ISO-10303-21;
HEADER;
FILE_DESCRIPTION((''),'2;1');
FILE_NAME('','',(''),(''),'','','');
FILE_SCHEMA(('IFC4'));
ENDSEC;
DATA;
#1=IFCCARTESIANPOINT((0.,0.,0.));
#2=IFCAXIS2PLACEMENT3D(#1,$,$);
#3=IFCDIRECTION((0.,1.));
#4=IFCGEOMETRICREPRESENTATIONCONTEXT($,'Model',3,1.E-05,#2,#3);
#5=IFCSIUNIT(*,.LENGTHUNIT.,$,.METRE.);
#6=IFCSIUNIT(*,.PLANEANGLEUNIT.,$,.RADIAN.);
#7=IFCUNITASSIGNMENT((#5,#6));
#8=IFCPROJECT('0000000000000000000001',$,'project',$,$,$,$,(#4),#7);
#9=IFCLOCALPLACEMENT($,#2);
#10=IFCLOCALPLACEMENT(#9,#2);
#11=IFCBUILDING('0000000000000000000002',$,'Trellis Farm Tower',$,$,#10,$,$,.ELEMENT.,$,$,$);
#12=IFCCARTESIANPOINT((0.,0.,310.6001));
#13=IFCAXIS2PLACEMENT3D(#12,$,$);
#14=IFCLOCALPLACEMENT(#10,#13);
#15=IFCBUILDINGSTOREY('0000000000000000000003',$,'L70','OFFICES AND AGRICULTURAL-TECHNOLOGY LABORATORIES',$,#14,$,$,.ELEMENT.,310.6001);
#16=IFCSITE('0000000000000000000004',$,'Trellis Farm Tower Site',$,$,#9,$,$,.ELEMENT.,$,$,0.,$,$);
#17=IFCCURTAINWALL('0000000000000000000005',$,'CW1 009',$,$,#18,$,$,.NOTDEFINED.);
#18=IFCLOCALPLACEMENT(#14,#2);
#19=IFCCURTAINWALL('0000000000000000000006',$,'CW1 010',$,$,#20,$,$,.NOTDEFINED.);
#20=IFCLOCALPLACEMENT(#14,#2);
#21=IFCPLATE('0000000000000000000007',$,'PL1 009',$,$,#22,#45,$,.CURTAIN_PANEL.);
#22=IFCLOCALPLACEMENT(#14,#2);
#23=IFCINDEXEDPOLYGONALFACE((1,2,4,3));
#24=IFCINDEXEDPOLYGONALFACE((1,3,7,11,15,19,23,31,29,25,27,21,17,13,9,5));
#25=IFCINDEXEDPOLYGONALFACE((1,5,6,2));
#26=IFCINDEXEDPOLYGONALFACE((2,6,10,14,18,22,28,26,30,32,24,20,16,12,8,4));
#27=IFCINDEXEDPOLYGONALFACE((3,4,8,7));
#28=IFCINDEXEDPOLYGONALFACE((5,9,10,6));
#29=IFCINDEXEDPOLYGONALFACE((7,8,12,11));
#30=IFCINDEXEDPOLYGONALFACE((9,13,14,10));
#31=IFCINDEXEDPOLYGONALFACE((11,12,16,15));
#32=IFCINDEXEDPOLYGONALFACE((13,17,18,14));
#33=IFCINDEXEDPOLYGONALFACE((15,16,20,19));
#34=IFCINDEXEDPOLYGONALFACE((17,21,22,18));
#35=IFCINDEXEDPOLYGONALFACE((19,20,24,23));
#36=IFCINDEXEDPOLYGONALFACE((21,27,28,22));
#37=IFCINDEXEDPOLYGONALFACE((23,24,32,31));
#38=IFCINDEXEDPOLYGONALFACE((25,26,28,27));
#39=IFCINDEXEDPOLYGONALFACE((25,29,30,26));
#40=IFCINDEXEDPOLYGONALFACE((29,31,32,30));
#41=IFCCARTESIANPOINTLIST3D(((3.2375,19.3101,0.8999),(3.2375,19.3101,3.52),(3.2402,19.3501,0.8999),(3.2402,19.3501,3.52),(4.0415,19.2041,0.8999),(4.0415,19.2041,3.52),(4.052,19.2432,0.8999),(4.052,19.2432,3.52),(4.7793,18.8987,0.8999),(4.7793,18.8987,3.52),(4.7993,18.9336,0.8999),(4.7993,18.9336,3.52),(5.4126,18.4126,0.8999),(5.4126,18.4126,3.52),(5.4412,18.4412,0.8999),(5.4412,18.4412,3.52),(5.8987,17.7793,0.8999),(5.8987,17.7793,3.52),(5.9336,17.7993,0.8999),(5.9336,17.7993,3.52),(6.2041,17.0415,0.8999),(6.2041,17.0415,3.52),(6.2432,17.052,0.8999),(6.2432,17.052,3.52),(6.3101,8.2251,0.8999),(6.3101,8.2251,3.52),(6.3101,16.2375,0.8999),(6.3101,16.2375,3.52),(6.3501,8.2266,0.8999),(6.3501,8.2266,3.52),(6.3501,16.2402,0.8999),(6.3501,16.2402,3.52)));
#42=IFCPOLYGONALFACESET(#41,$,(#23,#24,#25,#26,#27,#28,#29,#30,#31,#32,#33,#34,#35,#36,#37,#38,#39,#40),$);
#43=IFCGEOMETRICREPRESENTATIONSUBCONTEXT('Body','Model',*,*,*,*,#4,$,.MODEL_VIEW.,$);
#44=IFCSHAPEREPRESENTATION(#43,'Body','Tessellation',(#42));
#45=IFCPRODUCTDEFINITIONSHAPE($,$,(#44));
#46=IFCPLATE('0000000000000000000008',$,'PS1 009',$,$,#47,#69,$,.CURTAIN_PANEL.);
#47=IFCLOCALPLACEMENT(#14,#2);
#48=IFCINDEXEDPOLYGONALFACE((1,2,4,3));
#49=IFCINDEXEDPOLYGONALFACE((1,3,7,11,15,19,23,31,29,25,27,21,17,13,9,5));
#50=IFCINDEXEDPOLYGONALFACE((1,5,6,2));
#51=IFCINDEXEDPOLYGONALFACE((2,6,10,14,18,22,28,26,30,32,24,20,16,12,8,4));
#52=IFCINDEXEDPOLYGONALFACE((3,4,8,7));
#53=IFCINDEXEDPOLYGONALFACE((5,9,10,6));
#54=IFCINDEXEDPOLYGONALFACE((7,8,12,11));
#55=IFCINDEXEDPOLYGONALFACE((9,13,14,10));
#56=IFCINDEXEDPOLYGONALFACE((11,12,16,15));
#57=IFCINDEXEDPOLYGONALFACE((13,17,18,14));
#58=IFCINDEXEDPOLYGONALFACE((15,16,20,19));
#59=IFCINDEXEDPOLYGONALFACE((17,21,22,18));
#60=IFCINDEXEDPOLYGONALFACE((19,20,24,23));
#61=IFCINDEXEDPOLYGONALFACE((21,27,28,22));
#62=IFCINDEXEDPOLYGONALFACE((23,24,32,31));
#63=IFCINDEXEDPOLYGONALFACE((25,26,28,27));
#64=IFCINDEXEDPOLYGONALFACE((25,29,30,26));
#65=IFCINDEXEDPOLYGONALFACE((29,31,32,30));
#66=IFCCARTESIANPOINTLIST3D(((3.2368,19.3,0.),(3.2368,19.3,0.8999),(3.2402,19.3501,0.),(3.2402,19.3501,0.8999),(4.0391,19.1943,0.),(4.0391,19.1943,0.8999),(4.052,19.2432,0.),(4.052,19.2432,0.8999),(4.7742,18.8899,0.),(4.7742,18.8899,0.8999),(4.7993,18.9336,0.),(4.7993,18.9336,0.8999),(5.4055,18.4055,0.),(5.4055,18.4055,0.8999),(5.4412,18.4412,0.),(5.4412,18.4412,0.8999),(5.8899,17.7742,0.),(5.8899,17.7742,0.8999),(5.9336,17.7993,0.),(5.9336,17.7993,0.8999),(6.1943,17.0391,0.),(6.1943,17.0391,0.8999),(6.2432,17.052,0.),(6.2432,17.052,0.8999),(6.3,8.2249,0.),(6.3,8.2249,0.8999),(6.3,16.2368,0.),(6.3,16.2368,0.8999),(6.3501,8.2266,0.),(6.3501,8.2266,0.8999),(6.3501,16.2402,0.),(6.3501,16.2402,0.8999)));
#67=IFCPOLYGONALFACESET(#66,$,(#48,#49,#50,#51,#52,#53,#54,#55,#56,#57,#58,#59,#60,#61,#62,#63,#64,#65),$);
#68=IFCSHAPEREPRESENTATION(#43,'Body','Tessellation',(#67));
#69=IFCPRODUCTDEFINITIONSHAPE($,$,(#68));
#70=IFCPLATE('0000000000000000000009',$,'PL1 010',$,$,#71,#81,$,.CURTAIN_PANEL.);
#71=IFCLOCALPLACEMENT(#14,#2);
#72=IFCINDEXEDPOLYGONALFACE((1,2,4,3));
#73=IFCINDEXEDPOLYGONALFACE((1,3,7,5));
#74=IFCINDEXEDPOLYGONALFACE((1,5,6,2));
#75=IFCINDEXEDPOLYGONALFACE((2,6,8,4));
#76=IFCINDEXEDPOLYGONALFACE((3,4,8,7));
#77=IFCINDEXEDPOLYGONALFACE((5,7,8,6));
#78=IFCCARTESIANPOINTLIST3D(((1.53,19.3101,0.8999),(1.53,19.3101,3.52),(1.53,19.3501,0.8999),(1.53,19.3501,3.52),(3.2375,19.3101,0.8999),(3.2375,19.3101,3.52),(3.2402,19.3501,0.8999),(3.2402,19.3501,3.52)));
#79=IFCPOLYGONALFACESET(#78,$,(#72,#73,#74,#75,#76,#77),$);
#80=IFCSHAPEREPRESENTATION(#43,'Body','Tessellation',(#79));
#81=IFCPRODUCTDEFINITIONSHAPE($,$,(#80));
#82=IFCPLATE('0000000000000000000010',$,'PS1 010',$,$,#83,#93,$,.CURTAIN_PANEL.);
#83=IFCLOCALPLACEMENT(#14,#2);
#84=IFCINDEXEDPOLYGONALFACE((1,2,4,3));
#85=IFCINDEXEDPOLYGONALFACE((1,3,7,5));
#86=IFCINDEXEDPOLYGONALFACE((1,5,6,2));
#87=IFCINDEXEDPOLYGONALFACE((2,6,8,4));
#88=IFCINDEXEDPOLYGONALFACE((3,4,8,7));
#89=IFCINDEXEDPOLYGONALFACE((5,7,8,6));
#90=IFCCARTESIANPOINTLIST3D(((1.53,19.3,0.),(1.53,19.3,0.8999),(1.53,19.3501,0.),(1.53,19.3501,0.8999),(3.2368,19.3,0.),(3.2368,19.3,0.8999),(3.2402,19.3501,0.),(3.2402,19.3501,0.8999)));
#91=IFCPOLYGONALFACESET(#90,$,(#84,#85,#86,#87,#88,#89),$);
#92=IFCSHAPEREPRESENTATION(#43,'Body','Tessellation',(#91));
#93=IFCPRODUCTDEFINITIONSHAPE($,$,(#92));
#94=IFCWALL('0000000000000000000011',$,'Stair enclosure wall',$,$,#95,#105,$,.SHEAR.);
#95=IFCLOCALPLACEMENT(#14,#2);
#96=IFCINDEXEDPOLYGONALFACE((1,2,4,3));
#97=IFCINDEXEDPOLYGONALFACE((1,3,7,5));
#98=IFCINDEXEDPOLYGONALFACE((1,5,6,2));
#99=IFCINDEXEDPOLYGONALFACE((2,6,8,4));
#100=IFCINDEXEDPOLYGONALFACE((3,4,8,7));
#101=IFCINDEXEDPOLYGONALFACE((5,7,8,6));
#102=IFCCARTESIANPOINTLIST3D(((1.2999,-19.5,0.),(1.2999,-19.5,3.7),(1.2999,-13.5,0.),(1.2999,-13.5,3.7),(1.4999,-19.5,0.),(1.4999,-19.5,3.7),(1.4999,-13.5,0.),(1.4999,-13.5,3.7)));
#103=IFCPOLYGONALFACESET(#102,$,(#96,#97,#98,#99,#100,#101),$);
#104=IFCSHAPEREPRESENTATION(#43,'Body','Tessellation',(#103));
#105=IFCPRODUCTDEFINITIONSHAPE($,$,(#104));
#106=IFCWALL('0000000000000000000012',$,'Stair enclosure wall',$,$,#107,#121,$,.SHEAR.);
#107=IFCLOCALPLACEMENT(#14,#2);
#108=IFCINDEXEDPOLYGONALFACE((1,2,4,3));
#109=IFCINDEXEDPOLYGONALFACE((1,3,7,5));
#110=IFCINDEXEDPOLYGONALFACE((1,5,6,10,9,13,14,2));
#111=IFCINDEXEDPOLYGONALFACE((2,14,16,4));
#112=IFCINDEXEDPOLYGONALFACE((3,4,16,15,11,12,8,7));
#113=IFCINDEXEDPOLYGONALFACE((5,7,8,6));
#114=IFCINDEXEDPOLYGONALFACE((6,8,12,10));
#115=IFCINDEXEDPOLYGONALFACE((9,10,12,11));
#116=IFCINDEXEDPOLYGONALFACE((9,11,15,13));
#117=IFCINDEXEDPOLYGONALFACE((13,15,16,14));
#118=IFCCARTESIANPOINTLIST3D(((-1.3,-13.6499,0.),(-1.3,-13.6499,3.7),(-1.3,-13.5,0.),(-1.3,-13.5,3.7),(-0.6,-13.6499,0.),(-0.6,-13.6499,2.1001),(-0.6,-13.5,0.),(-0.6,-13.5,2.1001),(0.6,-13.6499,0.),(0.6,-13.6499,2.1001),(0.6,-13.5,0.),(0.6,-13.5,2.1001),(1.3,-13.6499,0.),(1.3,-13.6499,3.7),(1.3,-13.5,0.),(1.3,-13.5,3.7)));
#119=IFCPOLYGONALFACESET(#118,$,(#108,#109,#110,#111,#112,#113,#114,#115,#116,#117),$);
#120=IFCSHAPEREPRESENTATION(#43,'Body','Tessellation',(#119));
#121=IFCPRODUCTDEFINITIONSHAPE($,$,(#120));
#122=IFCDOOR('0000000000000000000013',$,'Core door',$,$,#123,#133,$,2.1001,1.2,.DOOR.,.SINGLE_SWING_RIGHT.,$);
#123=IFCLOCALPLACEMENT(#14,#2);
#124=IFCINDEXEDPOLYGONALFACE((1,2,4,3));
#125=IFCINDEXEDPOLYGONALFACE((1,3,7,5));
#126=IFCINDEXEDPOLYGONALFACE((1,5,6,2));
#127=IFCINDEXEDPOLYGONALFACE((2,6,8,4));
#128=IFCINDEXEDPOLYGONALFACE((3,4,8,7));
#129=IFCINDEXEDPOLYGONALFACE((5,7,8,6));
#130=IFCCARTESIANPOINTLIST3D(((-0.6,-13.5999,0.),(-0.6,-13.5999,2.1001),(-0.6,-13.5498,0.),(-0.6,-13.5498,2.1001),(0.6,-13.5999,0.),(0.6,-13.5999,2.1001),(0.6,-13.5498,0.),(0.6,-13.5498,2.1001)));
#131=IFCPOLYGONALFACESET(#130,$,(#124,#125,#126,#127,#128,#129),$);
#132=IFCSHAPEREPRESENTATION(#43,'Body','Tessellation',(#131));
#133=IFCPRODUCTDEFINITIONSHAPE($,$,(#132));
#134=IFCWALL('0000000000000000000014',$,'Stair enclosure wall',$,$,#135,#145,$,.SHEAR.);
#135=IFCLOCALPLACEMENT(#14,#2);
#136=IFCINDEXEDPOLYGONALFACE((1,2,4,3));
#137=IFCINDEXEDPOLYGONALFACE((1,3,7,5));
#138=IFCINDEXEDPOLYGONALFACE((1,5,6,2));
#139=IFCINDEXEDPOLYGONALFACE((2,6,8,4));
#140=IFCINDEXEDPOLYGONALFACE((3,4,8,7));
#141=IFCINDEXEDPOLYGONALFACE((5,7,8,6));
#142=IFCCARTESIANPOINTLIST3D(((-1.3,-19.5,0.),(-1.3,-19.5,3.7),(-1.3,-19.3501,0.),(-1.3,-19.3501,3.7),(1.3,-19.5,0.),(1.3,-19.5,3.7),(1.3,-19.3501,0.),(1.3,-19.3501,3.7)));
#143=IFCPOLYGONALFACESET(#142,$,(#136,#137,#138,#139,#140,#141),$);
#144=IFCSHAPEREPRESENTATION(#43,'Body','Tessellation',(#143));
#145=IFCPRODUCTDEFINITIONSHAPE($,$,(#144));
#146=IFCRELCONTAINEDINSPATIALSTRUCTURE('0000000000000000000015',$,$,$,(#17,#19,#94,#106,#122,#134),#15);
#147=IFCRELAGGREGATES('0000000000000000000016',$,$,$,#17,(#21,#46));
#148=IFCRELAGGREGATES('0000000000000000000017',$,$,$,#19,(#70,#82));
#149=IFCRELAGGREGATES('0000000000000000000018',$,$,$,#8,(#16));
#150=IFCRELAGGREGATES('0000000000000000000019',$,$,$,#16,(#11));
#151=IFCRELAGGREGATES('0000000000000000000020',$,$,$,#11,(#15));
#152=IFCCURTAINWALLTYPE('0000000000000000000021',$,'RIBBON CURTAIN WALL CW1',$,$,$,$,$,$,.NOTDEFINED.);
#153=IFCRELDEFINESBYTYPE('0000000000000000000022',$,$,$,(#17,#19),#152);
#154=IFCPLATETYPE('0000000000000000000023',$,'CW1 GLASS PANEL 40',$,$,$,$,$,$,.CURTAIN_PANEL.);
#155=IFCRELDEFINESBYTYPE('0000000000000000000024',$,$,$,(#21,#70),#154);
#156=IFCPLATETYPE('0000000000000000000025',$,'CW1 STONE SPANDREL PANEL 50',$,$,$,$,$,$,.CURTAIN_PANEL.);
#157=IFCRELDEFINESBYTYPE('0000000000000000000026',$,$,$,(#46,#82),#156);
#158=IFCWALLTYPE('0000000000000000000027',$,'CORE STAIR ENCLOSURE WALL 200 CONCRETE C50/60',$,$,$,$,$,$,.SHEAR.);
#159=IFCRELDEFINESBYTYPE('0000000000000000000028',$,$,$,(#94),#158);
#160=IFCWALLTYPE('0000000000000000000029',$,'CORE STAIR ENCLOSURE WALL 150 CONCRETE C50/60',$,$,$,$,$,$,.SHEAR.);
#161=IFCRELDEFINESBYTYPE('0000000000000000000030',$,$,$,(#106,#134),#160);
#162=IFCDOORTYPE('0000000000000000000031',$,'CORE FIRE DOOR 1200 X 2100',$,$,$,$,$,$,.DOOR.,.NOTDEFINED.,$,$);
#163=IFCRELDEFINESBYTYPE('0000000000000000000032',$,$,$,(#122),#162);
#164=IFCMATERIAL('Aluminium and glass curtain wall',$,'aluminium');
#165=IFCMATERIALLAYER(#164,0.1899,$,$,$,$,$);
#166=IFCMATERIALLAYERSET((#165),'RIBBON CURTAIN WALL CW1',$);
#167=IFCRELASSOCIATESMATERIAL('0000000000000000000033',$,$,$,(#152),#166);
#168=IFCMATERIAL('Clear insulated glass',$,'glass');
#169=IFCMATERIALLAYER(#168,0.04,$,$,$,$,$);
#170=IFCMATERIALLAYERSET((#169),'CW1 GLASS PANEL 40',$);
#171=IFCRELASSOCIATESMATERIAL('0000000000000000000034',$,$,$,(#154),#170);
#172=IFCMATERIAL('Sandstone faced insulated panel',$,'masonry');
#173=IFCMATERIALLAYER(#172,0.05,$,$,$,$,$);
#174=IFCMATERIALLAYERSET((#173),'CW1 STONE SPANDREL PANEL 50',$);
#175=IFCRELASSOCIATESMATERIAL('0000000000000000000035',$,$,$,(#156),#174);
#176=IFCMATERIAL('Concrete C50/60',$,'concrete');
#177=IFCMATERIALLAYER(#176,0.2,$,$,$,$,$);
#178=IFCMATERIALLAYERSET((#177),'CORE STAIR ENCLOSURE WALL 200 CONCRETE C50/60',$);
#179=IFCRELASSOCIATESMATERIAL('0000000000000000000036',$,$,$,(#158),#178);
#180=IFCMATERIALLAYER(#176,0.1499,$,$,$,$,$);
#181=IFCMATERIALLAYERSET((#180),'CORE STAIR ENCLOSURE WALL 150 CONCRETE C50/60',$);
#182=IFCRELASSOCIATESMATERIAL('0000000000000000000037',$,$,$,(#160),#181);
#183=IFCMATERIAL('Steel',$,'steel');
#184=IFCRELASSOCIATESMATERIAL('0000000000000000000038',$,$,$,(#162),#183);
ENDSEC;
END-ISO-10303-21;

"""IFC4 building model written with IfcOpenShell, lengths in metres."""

from ifc_helpers import new_model, si_unit, direction, frame, frame_2d, origin, place, context, subcontext, project, spatial, polyline, rectangle, outline, extrude, source, transform, mapped, material, layer, layer_set, type_object, element, fill, aggregate, save


model = new_model("IFC4")

# Units and contexts
model_context = context("Model", 3, precision=1e-05, world=origin(), true_north=direction((0.0, 1.0)))
body_context = subcontext(model_context, "Body", "Model", "MODEL_VIEW")
ifc_project = project(units=[si_unit("LENGTHUNIT", "METRE"), si_unit("PLANEANGLEUNIT", "RADIAN")], contexts=[model_context])

# Site, building, storey
site_placement = place(None, origin())
site = spatial("IfcSite", under=ifc_project, at=site_placement, Name="Trellis Farm Tower Site", CompositionType="ELEMENT", RefElevation=0.0)
building_placement = place(site_placement, origin())
building = spatial("IfcBuilding", under=site, at=building_placement, Name="Trellis Farm Tower", CompositionType="ELEMENT")
storey_placement = place(building_placement, frame((0.0, 0.0, 310.6001)))
storey = spatial("IfcBuildingStorey", under=building, at=storey_placement, Name="L70", Description="OFFICES AND AGRICULTURAL-TECHNOLOGY LABORATORIES", CompositionType="ELEMENT", Elevation=310.6001)

# Curtain walls
ifc_material_1 = material(Name="Aluminium and glass curtain wall", Category="aluminium")
placement_1 = place(storey_placement, origin())
ifc_layer_1 = layer(ifc_material_1, 0.1899)
ifc_layer_set_1 = layer_set([ifc_layer_1], Name="RIBBON CURTAIN WALL CW1")
curtain_wall_type_1 = type_object("IfcCurtainWallType", Name="RIBBON CURTAIN WALL CW1", PredefinedType="NOTDEFINED", material=ifc_layer_set_1)
curtain_wall_1 = element("IfcCurtainWall", 1, at=placement_1, inside=storey, type_object=curtain_wall_type_1, Name="CW1 009", PredefinedType="NOTDEFINED")
curtain_wall_2 = element("IfcCurtainWall", 2, at=placement_1, inside=storey, type_object=curtain_wall_type_1, Name="CW1 010", PredefinedType="NOTDEFINED")

# Plates
ifc_material_2 = material(Name="Clear insulated glass", Category="glass")
ifc_layer_2 = layer(ifc_material_2, 0.04)
ifc_layer_set_2 = layer_set([ifc_layer_2], Name="CW1 GLASS PANEL 40")
plate_type_1 = type_object("IfcPlateType", Name="CW1 GLASS PANEL 40", PredefinedType="CURTAIN_PANEL", material=ifc_layer_set_2)
placement_2 = place(storey_placement, frame((0.0, 0.0, 0.8999)))
ifc_material_3 = material(Name="Sandstone faced insulated panel", Category="masonry")
ifc_layer_3 = layer(ifc_material_3, 0.05)
ifc_layer_set_3 = layer_set([ifc_layer_3], Name="CW1 STONE SPANDREL PANEL 50")
plate_type_2 = type_object("IfcPlateType", Name="CW1 STONE SPANDREL PANEL 50", PredefinedType="CURTAIN_PANEL", material=ifc_layer_set_3)
shared_shape_1 = source(origin(), body_context, "Body", "SweptSolid", [
    extrude(outline(polyline([(6.3501, 8.2266), (6.3501, 16.2402), (6.2432, 17.052), (5.9336, 17.7993), (5.4412, 18.4412), (4.7993, 18.9336), (4.052, 19.2432), (3.2402, 19.3501), (3.2375, 19.3101), (4.0415, 19.2041), (4.7793, 18.8987), (5.4126, 18.4126), (5.8987, 17.7793), (6.2041, 17.0415), (6.3101, 16.2375), (6.3101, 8.2251), (6.3501, 8.2266)])), origin(), (0.0, 0.0, 1.0), 2.6201),
])
plate_1 = element("IfcPlate", 3, at=placement_2, type_object=plate_type_1, Name="PL1 009", PredefinedType="CURTAIN_PANEL", context=body_context, shape_type="MappedRepresentation", body=[
    mapped(shared_shape_1, transform((0.0, 0.0, 0.0))),
])
shared_shape_2 = source(origin(), body_context, "Body", "SweptSolid", [
    extrude(outline(polyline([(6.3501, 8.2266), (6.3501, 16.2402), (6.2432, 17.052), (5.9336, 17.7993), (5.4412, 18.4412), (4.7993, 18.9336), (4.052, 19.2432), (3.2402, 19.3501), (3.2368, 19.3), (4.0391, 19.1943), (4.7742, 18.8899), (5.4055, 18.4055), (5.8899, 17.7742), (6.1943, 17.0391), (6.3, 16.2368), (6.3, 8.2249), (6.3501, 8.2266)])), origin(), (0.0, 0.0, 1.0), 0.8999),
])
plate_2 = element("IfcPlate", 4, at=placement_1, type_object=plate_type_2, Name="PS1 009", PredefinedType="CURTAIN_PANEL", context=body_context, shape_type="MappedRepresentation", body=[
    mapped(shared_shape_2, transform((0.0, 0.0, 0.0))),
])
aggregate(curtain_wall_1, [plate_1, plate_2])
shared_shape_3 = source(origin(), body_context, "Body", "SweptSolid", [
    extrude(outline(polyline([(3.2402, 19.3501), (1.53, 19.3501), (1.53, 19.3101), (3.2375, 19.3101), (3.2402, 19.3501)])), origin(), (0.0, 0.0, 1.0), 2.6201),
])
plate_3 = element("IfcPlate", 5, at=placement_2, type_object=plate_type_1, Name="PL1 010", PredefinedType="CURTAIN_PANEL", context=body_context, shape_type="MappedRepresentation", body=[
    mapped(shared_shape_3, transform((0.0, 0.0, 0.0))),
])
shared_shape_4 = source(origin(), body_context, "Body", "SweptSolid", [
    extrude(outline(polyline([(3.2402, 19.3501), (1.53, 19.3501), (1.53, 19.3), (3.2368, 19.3), (3.2402, 19.3501)])), origin(), (0.0, 0.0, 1.0), 0.8999),
])
plate_4 = element("IfcPlate", 6, at=placement_1, type_object=plate_type_2, Name="PS1 010", PredefinedType="CURTAIN_PANEL", context=body_context, shape_type="MappedRepresentation", body=[
    mapped(shared_shape_4, transform((0.0, 0.0, 0.0))),
])
aggregate(curtain_wall_2, [plate_3, plate_4])

# Wall
ifc_material_4 = material(Name="Concrete C50/60", Category="concrete")
ifc_layer_4 = layer(ifc_material_4, 0.2)
ifc_layer_set_4 = layer_set([ifc_layer_4], Name="CORE STAIR ENCLOSURE WALL 200 CONCRETE C50/60")
wall_type_1 = type_object("IfcWallType", Name="CORE STAIR ENCLOSURE WALL 200 CONCRETE C50/60", PredefinedType="SHEAR", material=ifc_layer_set_4)
shared_shape_5 = source(origin(), body_context, "Body", "SweptSolid", [
    extrude(rectangle(XDim=6.0, YDim=0.2, at=frame_2d((3.0, 0.0))), origin(), (0.0, 0.0, 1.0), 3.7),
])
wall_1_placement = place(storey_placement, frame((1.3999, -13.5, 0.0), z_axis=(0.0, 0.0, 1.0), x_axis=(0.0, -1.0, 0.0)))
element("IfcWall", 7, at=wall_1_placement, inside=storey, type_object=wall_type_1, Name="Stair enclosure wall", PredefinedType="SHEAR", context=body_context, shape_type="MappedRepresentation", body=[
    mapped(shared_shape_5, transform((0.0, 0.0, 0.0))),
])

# Wall, opening, door
ifc_layer_5 = layer(ifc_material_4, 0.1499)
ifc_layer_set_5 = layer_set([ifc_layer_5], Name="CORE STAIR ENCLOSURE WALL 150 CONCRETE C50/60")
wall_type_2 = type_object("IfcWallType", Name="CORE STAIR ENCLOSURE WALL 150 CONCRETE C50/60", PredefinedType="SHEAR", material=ifc_layer_set_5)
shared_shape_6 = source(origin(), body_context, "Body", "SweptSolid", [
    extrude(rectangle(XDim=2.6001, YDim=0.1499, at=frame_2d((1.3, 0.0))), origin(), (0.0, 0.0, 1.0), 3.7),
])
wall_2_placement = place(storey_placement, frame((1.3, -13.575, 0.0), z_axis=(0.0, 0.0, 1.0), x_axis=(-1.0, 0.0, 0.0)))
wall_2 = element("IfcWall", 8, at=wall_2_placement, inside=storey, type_object=wall_type_2, Name="Stair enclosure wall", PredefinedType="SHEAR", context=body_context, shape_type="MappedRepresentation", body=[
    mapped(shared_shape_6, transform((0.0, 0.0, 0.0))),
])
shared_shape_7 = source(origin(), body_context, "Body", "SweptSolid", [
    extrude(rectangle(XDim=1.2, YDim=2.1001, at=frame_2d((0.6001, 1.05))), frame((0.0, 0.085, 0.0), z_axis=(0.0, -1.0, 0.0), x_axis=(1.0, 0.0, 0.0)), (0.0, 0.0, 1.0), 0.1699),
])
opening_1_placement = place(wall_2_placement, frame((0.7, 0.0, 0.0)))
opening_1 = element("IfcOpeningElement", 9, at=opening_1_placement, cuts=wall_2, PredefinedType="OPENING", context=body_context, shape_type="MappedRepresentation", body=[
    mapped(shared_shape_7, transform((0.0, 0.0, 0.0))),
])
ifc_material_5 = material(Name="Steel", Category="steel")
door_type_1 = type_object("IfcDoorType", Name="CORE FIRE DOOR 1200 X 2100", OperationType="NOTDEFINED", PredefinedType="DOOR", material=ifc_material_5)
shared_shape_8 = source(origin(), body_context, "Body", "SweptSolid", [
    extrude(rectangle(XDim=1.2, YDim=2.1001, at=frame_2d((0.6001, 1.05))), frame((0.0, 0.0249, 0.0), z_axis=(0.0, -1.0, 0.0), x_axis=(1.0, 0.0, 0.0)), (0.0, 0.0, 1.0), 0.05),
])
door_1_placement = place(opening_1_placement, origin())
door_1 = element("IfcDoor", 10, at=door_1_placement, inside=storey, type_object=door_type_1, Name="Core door", OperationType="SINGLE_SWING_RIGHT", OverallHeight=2.1001, OverallWidth=1.2, PredefinedType="DOOR", context=body_context, shape_type="MappedRepresentation", body=[
    mapped(shared_shape_8, transform((0.0, 0.0, 0.0))),
])
fill(opening_1, door_1)

# Wall
wall_3_placement = place(storey_placement, frame((1.3, -19.425, 0.0), z_axis=(0.0, 0.0, 1.0), x_axis=(-1.0, 0.0, 0.0)))
element("IfcWall", 11, at=wall_3_placement, inside=storey, type_object=wall_type_2, Name="Stair enclosure wall", PredefinedType="SHEAR", context=body_context, shape_type="MappedRepresentation", body=[
    mapped(shared_shape_6, transform((0.0, 0.0, 0.0))),
])

save(model, "model.ifc")
